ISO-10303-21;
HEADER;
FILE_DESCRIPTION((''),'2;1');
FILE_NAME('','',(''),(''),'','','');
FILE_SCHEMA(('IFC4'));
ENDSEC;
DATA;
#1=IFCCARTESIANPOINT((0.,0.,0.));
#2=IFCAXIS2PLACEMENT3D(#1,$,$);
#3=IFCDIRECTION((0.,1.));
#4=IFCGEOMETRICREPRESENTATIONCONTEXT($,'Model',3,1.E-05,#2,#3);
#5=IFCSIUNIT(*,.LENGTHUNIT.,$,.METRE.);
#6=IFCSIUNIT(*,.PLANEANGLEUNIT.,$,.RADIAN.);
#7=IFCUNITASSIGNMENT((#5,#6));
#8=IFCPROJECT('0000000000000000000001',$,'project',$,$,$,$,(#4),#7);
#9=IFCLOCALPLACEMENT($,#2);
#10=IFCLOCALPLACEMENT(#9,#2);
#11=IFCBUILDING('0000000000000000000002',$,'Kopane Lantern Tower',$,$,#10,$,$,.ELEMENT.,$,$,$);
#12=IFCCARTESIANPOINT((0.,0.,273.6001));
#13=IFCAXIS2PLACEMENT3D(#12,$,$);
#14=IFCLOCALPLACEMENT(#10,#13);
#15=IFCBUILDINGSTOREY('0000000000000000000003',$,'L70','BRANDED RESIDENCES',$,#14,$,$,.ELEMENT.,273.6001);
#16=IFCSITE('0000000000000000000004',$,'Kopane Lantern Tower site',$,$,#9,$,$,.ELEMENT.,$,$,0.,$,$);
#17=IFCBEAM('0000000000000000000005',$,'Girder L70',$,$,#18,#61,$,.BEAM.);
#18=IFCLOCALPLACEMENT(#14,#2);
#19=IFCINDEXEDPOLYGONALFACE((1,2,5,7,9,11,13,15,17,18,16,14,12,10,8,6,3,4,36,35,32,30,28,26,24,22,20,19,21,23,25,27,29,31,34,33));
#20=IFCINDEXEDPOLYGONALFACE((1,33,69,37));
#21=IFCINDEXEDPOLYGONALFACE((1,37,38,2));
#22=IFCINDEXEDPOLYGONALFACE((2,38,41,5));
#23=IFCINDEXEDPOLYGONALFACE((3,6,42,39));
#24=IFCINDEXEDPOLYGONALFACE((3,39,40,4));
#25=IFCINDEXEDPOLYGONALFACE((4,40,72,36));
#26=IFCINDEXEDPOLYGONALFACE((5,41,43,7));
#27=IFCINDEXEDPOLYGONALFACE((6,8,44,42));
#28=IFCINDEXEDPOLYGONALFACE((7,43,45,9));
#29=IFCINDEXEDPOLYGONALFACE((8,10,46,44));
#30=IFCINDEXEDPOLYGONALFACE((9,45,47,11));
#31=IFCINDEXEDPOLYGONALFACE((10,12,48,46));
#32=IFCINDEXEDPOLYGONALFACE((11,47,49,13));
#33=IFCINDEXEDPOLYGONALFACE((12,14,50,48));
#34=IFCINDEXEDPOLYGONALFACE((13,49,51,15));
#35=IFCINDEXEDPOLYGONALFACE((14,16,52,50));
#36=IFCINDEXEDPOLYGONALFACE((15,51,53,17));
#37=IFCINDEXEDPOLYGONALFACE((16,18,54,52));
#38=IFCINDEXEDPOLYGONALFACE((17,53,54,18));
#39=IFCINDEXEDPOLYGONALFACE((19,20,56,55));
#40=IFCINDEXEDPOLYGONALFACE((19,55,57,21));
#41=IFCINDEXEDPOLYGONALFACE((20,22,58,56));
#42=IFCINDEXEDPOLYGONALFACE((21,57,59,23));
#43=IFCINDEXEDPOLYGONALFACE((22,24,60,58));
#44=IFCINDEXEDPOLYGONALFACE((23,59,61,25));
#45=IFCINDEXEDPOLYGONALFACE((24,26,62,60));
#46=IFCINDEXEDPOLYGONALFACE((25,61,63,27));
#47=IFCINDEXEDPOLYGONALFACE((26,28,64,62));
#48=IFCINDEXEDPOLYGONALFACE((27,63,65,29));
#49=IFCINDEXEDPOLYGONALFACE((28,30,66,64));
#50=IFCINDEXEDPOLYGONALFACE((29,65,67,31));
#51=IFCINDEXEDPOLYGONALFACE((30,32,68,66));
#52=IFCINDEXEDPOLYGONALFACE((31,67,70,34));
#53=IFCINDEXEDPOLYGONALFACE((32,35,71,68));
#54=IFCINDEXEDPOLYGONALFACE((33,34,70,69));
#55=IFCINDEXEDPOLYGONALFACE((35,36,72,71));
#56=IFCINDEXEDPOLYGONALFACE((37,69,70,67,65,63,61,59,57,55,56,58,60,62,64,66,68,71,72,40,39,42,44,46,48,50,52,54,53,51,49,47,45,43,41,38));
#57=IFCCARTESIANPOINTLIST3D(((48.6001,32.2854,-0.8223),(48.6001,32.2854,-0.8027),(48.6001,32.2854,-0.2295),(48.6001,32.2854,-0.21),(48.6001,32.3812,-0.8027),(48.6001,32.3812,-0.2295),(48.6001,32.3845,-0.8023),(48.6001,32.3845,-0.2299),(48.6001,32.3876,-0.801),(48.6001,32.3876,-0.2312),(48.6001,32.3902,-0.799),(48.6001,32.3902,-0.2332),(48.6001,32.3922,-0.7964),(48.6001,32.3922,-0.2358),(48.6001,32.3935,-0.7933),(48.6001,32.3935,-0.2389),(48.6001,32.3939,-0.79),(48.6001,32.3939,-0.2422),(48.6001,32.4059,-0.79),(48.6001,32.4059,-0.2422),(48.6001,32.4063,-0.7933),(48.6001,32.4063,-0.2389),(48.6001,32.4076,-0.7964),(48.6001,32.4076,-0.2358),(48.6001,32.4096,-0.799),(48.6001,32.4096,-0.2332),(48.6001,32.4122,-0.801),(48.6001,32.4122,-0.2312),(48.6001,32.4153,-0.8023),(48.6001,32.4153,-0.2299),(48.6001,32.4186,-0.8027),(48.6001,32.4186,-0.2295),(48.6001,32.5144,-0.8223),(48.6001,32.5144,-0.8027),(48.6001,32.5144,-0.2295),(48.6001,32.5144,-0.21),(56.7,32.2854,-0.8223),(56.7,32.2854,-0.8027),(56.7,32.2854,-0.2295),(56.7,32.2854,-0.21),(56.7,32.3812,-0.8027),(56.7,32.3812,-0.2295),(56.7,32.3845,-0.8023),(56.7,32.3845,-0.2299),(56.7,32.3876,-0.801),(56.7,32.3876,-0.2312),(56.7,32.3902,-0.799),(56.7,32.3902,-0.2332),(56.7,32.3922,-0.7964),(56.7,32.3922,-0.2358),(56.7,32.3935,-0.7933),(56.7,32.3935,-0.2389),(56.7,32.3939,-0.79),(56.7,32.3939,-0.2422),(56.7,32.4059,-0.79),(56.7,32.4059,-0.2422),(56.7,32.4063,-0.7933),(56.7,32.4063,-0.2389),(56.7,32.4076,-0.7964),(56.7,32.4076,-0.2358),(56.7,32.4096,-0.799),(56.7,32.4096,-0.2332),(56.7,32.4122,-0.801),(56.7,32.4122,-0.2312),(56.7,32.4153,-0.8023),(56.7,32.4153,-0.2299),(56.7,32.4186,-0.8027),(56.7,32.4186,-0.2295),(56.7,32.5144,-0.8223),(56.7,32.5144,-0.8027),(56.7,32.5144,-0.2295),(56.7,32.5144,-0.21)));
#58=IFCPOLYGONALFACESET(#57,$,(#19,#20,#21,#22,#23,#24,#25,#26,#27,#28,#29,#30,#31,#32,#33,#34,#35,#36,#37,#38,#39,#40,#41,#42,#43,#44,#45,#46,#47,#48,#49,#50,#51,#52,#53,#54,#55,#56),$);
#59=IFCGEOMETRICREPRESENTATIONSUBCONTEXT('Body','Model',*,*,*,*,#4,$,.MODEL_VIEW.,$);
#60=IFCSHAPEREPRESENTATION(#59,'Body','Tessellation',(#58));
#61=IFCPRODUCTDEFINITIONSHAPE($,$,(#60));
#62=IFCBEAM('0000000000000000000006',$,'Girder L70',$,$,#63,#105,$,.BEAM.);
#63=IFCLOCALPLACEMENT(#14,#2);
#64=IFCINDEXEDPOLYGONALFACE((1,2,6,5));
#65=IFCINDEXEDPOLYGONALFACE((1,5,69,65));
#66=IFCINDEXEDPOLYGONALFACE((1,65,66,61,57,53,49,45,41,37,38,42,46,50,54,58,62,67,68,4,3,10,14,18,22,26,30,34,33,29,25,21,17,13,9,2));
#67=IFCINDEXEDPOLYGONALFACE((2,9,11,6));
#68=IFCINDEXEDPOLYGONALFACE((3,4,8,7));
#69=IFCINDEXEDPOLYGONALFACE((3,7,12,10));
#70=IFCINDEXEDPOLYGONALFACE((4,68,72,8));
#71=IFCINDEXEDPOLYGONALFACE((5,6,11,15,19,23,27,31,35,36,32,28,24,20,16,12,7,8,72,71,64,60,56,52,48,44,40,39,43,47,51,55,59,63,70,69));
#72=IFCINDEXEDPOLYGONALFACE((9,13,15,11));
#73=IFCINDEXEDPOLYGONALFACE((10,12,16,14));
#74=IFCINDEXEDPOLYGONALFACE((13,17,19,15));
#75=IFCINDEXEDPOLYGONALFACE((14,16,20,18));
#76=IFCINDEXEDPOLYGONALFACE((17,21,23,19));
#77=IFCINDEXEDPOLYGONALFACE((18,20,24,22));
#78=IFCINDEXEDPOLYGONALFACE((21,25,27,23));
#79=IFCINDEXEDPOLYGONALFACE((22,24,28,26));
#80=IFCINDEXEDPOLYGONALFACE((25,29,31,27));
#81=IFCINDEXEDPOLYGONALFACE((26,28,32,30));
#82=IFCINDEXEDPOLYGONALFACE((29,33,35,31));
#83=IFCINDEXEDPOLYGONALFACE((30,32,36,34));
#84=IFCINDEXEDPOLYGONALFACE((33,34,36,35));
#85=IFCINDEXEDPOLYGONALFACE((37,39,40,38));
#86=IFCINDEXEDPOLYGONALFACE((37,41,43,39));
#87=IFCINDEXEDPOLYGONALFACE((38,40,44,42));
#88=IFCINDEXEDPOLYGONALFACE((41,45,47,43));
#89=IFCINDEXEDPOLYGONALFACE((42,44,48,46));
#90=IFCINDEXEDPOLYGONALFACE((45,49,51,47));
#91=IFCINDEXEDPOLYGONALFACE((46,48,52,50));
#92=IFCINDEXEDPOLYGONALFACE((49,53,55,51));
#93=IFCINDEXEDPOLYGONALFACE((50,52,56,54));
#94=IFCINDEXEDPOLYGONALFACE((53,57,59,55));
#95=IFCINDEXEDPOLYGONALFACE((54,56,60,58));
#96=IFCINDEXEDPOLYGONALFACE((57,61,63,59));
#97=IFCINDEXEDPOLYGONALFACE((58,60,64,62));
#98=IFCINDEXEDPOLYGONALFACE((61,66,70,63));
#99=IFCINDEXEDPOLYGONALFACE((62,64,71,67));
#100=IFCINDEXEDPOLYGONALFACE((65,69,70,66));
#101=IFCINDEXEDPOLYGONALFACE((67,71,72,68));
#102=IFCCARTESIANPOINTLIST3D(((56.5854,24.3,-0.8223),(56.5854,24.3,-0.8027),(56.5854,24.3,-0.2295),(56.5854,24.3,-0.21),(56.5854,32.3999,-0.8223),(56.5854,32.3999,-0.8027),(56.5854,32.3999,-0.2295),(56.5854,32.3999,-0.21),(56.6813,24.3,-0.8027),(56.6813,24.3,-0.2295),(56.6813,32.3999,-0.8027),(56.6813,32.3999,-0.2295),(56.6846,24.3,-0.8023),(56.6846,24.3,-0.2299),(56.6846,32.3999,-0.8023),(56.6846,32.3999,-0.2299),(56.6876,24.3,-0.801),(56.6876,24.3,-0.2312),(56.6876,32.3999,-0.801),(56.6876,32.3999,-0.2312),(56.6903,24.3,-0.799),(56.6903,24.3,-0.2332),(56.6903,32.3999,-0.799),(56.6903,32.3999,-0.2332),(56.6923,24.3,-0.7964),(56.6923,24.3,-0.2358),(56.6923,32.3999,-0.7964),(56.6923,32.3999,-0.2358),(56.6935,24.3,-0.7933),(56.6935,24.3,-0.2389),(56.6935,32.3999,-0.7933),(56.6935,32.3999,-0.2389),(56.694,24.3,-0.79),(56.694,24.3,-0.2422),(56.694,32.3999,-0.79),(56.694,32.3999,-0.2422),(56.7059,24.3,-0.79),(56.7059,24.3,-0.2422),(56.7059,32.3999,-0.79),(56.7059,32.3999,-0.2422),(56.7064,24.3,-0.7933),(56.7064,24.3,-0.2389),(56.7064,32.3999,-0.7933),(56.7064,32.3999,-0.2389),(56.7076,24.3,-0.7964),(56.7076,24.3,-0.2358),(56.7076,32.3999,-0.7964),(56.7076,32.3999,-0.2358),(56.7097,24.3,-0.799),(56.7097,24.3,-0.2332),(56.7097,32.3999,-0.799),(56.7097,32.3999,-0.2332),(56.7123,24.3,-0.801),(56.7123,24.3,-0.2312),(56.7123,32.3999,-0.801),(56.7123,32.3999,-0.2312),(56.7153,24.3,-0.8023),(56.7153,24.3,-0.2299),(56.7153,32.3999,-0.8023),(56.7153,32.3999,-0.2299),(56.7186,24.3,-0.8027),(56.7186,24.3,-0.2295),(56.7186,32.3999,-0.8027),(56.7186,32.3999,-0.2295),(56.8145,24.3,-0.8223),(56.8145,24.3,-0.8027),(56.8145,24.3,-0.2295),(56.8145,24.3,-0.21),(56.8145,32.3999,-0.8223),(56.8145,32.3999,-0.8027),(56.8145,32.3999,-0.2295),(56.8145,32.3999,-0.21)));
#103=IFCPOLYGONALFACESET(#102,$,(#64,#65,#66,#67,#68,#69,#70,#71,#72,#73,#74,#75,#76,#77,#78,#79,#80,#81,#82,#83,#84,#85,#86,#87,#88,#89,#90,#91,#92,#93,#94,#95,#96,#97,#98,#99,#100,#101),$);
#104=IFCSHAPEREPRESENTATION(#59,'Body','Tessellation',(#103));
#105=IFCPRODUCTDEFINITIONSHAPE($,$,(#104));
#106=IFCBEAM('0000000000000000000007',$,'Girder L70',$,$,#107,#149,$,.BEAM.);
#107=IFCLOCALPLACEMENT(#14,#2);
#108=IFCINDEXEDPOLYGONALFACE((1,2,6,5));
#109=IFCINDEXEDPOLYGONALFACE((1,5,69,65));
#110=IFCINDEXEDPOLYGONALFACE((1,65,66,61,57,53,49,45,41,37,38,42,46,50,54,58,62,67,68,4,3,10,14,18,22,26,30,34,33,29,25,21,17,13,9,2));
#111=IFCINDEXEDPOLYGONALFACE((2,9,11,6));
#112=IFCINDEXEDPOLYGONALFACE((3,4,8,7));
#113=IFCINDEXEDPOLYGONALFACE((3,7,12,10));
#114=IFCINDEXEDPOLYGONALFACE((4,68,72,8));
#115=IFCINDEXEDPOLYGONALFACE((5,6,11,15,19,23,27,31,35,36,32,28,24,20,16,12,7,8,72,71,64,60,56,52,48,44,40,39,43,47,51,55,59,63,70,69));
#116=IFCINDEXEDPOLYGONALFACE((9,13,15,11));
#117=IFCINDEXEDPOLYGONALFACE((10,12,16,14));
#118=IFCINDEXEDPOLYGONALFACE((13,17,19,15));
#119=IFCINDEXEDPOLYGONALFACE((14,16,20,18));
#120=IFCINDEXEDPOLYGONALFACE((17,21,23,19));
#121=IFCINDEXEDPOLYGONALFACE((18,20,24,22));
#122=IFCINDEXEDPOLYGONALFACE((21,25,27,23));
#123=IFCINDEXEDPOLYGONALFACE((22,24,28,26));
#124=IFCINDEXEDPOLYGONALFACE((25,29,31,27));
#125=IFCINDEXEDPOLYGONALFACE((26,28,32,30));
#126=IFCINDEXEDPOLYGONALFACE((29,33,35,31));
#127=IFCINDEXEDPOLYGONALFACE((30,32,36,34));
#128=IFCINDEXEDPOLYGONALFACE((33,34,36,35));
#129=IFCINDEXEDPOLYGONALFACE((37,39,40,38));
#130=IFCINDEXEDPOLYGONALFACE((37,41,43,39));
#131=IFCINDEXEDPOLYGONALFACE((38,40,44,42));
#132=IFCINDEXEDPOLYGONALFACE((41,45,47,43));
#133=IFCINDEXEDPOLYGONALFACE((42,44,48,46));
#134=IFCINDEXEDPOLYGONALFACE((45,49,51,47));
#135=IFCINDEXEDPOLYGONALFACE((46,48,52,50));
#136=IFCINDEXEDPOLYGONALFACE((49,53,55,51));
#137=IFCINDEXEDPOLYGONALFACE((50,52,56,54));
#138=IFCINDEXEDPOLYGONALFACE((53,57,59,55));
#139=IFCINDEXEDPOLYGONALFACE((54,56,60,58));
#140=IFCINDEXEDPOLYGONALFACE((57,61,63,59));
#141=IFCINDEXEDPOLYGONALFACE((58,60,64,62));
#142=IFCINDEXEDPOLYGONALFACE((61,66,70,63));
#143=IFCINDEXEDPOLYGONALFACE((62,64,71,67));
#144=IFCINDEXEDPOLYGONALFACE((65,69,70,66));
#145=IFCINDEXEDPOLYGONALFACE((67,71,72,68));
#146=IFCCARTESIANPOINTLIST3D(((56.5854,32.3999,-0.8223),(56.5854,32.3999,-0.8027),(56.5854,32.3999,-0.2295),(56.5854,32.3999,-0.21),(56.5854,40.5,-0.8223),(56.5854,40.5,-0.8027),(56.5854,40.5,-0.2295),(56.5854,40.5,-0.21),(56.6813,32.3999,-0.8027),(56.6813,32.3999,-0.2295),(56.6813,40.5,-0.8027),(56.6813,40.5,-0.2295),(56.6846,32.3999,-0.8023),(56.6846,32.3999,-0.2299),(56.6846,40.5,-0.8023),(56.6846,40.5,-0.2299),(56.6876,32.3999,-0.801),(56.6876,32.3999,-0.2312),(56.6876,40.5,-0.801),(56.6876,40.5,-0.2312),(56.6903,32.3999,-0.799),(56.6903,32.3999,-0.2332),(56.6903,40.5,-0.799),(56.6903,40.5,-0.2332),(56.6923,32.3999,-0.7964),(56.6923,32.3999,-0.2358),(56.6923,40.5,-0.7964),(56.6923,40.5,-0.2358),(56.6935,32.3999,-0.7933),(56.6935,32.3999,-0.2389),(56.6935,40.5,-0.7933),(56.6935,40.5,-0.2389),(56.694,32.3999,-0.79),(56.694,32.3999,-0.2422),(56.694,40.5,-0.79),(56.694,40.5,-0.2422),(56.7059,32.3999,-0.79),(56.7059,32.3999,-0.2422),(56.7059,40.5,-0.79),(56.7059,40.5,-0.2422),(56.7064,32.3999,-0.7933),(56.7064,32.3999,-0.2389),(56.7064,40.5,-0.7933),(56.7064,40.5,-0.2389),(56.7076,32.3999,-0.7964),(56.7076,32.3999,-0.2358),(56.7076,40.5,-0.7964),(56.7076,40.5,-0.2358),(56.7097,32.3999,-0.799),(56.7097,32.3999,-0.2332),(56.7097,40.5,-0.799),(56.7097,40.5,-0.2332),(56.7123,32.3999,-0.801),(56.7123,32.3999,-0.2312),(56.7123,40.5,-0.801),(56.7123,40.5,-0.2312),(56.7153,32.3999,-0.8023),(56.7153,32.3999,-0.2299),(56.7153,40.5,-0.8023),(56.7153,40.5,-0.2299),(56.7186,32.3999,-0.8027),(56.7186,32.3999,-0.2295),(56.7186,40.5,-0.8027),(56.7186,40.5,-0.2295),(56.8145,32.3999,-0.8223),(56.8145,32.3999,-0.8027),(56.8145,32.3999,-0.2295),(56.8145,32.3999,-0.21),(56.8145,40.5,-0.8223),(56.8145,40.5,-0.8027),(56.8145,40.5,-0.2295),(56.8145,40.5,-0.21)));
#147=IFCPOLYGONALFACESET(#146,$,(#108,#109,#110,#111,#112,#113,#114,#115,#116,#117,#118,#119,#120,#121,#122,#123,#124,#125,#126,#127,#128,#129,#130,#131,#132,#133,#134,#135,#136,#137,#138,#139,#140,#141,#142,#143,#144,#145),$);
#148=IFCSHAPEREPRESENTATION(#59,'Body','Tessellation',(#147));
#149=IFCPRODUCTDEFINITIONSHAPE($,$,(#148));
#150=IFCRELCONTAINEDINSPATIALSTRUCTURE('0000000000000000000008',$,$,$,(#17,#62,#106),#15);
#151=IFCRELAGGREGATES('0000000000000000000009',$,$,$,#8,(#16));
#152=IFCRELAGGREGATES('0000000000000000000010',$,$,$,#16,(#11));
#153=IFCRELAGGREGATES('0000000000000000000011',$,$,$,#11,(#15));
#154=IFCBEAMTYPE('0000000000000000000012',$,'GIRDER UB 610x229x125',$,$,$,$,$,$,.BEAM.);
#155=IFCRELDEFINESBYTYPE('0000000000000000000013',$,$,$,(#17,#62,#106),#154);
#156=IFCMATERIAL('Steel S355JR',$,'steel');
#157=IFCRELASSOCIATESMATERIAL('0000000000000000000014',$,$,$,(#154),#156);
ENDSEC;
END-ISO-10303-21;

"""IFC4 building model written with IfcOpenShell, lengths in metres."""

from ifc_helpers import new_model, si_unit, direction, frame, origin, origin_2d, place, context, subcontext, project, spatial, i_section, extrude, material, material_profile, profile_set, type_object, element, save


model = new_model("IFC4")

# Units and contexts
model_context = context("Model", 3, precision=1e-05, world=origin(), true_north=direction((0.0, 1.0)))
body_context = subcontext(model_context, "Body", "Model", "MODEL_VIEW")
ifc_project = project(units=[si_unit("LENGTHUNIT", "METRE"), si_unit("PLANEANGLEUNIT", "RADIAN")], contexts=[model_context])

# Site, building, storey
site_placement = place(None, origin())
site = spatial("IfcSite", under=ifc_project, at=site_placement, Name="Kopane Lantern Tower site", CompositionType="ELEMENT", RefElevation=0.0)
building_placement = place(site_placement, origin())
building = spatial("IfcBuilding", under=site, at=building_placement, Name="Kopane Lantern Tower", CompositionType="ELEMENT")
storey_placement = place(building_placement, frame((0.0, 0.0, 273.6001)))
storey = spatial("IfcBuildingStorey", under=building, at=storey_placement, Name="L70", Description="BRANDED RESIDENCES", CompositionType="ELEMENT", Elevation=273.6001)

# Beams
ifc_material_1 = material(Name="Steel S355JR", Category="steel")
ifc_material_profile_1 = material_profile(ifc_material_1, i_section(OverallWidth=0.229, OverallDepth=0.6123, WebThickness=0.012, FlangeThickness=0.0195, FilletRadius=0.0127, at=origin_2d()), Name="UB 610x229x125")
ifc_profile_set_1 = profile_set([ifc_material_profile_1], Name="Steel S355JR")
beam_type = type_object("IfcBeamType", Name="GIRDER UB 610x229x125", PredefinedType="BEAM", material=ifc_profile_set_1)
for number, where, z_axis, x_axis, name in (
    (1, (48.6001, 32.3999, -0.5161), (1.0, 0.0, 0.0), (0.0, 1.0, 0.0), "Girder L70"),
    (2, (56.7, 24.3, -0.5161), (0.0, 1.0, 0.0), (-1.0, 0.0, 0.0), "Girder L70"),
):
    element("IfcBeam", number, at=place(storey_placement, frame(where, z_axis=z_axis, x_axis=x_axis)), inside=storey, type_object=beam_type, Name=name, PredefinedType="BEAM", context=body_context, shape_type="SweptSolid", body=[
        extrude(i_section(OverallWidth=0.229, OverallDepth=0.6123, WebThickness=0.012, FlangeThickness=0.0195, FilletRadius=0.0127, at=origin_2d()), origin(), (0.0, 0.0, 1.0), 8.0999),
    ])
beam_1_placement = place(storey_placement, frame((56.7, 32.3999, -0.5161), z_axis=(0.0, 1.0, 0.0), x_axis=(-1.0, 0.0, 0.0)))
element("IfcBeam", 3, at=beam_1_placement, inside=storey, type_object=beam_type, Name="Girder L70", PredefinedType="BEAM", context=body_context, shape_type="SweptSolid", body=[
    extrude(i_section(OverallWidth=0.229, OverallDepth=0.6123, WebThickness=0.012, FlangeThickness=0.0195, FilletRadius=0.0127, at=origin_2d()), origin(), (0.0, 0.0, 1.0), 8.1001),
])

save(model, "model.ifc")
